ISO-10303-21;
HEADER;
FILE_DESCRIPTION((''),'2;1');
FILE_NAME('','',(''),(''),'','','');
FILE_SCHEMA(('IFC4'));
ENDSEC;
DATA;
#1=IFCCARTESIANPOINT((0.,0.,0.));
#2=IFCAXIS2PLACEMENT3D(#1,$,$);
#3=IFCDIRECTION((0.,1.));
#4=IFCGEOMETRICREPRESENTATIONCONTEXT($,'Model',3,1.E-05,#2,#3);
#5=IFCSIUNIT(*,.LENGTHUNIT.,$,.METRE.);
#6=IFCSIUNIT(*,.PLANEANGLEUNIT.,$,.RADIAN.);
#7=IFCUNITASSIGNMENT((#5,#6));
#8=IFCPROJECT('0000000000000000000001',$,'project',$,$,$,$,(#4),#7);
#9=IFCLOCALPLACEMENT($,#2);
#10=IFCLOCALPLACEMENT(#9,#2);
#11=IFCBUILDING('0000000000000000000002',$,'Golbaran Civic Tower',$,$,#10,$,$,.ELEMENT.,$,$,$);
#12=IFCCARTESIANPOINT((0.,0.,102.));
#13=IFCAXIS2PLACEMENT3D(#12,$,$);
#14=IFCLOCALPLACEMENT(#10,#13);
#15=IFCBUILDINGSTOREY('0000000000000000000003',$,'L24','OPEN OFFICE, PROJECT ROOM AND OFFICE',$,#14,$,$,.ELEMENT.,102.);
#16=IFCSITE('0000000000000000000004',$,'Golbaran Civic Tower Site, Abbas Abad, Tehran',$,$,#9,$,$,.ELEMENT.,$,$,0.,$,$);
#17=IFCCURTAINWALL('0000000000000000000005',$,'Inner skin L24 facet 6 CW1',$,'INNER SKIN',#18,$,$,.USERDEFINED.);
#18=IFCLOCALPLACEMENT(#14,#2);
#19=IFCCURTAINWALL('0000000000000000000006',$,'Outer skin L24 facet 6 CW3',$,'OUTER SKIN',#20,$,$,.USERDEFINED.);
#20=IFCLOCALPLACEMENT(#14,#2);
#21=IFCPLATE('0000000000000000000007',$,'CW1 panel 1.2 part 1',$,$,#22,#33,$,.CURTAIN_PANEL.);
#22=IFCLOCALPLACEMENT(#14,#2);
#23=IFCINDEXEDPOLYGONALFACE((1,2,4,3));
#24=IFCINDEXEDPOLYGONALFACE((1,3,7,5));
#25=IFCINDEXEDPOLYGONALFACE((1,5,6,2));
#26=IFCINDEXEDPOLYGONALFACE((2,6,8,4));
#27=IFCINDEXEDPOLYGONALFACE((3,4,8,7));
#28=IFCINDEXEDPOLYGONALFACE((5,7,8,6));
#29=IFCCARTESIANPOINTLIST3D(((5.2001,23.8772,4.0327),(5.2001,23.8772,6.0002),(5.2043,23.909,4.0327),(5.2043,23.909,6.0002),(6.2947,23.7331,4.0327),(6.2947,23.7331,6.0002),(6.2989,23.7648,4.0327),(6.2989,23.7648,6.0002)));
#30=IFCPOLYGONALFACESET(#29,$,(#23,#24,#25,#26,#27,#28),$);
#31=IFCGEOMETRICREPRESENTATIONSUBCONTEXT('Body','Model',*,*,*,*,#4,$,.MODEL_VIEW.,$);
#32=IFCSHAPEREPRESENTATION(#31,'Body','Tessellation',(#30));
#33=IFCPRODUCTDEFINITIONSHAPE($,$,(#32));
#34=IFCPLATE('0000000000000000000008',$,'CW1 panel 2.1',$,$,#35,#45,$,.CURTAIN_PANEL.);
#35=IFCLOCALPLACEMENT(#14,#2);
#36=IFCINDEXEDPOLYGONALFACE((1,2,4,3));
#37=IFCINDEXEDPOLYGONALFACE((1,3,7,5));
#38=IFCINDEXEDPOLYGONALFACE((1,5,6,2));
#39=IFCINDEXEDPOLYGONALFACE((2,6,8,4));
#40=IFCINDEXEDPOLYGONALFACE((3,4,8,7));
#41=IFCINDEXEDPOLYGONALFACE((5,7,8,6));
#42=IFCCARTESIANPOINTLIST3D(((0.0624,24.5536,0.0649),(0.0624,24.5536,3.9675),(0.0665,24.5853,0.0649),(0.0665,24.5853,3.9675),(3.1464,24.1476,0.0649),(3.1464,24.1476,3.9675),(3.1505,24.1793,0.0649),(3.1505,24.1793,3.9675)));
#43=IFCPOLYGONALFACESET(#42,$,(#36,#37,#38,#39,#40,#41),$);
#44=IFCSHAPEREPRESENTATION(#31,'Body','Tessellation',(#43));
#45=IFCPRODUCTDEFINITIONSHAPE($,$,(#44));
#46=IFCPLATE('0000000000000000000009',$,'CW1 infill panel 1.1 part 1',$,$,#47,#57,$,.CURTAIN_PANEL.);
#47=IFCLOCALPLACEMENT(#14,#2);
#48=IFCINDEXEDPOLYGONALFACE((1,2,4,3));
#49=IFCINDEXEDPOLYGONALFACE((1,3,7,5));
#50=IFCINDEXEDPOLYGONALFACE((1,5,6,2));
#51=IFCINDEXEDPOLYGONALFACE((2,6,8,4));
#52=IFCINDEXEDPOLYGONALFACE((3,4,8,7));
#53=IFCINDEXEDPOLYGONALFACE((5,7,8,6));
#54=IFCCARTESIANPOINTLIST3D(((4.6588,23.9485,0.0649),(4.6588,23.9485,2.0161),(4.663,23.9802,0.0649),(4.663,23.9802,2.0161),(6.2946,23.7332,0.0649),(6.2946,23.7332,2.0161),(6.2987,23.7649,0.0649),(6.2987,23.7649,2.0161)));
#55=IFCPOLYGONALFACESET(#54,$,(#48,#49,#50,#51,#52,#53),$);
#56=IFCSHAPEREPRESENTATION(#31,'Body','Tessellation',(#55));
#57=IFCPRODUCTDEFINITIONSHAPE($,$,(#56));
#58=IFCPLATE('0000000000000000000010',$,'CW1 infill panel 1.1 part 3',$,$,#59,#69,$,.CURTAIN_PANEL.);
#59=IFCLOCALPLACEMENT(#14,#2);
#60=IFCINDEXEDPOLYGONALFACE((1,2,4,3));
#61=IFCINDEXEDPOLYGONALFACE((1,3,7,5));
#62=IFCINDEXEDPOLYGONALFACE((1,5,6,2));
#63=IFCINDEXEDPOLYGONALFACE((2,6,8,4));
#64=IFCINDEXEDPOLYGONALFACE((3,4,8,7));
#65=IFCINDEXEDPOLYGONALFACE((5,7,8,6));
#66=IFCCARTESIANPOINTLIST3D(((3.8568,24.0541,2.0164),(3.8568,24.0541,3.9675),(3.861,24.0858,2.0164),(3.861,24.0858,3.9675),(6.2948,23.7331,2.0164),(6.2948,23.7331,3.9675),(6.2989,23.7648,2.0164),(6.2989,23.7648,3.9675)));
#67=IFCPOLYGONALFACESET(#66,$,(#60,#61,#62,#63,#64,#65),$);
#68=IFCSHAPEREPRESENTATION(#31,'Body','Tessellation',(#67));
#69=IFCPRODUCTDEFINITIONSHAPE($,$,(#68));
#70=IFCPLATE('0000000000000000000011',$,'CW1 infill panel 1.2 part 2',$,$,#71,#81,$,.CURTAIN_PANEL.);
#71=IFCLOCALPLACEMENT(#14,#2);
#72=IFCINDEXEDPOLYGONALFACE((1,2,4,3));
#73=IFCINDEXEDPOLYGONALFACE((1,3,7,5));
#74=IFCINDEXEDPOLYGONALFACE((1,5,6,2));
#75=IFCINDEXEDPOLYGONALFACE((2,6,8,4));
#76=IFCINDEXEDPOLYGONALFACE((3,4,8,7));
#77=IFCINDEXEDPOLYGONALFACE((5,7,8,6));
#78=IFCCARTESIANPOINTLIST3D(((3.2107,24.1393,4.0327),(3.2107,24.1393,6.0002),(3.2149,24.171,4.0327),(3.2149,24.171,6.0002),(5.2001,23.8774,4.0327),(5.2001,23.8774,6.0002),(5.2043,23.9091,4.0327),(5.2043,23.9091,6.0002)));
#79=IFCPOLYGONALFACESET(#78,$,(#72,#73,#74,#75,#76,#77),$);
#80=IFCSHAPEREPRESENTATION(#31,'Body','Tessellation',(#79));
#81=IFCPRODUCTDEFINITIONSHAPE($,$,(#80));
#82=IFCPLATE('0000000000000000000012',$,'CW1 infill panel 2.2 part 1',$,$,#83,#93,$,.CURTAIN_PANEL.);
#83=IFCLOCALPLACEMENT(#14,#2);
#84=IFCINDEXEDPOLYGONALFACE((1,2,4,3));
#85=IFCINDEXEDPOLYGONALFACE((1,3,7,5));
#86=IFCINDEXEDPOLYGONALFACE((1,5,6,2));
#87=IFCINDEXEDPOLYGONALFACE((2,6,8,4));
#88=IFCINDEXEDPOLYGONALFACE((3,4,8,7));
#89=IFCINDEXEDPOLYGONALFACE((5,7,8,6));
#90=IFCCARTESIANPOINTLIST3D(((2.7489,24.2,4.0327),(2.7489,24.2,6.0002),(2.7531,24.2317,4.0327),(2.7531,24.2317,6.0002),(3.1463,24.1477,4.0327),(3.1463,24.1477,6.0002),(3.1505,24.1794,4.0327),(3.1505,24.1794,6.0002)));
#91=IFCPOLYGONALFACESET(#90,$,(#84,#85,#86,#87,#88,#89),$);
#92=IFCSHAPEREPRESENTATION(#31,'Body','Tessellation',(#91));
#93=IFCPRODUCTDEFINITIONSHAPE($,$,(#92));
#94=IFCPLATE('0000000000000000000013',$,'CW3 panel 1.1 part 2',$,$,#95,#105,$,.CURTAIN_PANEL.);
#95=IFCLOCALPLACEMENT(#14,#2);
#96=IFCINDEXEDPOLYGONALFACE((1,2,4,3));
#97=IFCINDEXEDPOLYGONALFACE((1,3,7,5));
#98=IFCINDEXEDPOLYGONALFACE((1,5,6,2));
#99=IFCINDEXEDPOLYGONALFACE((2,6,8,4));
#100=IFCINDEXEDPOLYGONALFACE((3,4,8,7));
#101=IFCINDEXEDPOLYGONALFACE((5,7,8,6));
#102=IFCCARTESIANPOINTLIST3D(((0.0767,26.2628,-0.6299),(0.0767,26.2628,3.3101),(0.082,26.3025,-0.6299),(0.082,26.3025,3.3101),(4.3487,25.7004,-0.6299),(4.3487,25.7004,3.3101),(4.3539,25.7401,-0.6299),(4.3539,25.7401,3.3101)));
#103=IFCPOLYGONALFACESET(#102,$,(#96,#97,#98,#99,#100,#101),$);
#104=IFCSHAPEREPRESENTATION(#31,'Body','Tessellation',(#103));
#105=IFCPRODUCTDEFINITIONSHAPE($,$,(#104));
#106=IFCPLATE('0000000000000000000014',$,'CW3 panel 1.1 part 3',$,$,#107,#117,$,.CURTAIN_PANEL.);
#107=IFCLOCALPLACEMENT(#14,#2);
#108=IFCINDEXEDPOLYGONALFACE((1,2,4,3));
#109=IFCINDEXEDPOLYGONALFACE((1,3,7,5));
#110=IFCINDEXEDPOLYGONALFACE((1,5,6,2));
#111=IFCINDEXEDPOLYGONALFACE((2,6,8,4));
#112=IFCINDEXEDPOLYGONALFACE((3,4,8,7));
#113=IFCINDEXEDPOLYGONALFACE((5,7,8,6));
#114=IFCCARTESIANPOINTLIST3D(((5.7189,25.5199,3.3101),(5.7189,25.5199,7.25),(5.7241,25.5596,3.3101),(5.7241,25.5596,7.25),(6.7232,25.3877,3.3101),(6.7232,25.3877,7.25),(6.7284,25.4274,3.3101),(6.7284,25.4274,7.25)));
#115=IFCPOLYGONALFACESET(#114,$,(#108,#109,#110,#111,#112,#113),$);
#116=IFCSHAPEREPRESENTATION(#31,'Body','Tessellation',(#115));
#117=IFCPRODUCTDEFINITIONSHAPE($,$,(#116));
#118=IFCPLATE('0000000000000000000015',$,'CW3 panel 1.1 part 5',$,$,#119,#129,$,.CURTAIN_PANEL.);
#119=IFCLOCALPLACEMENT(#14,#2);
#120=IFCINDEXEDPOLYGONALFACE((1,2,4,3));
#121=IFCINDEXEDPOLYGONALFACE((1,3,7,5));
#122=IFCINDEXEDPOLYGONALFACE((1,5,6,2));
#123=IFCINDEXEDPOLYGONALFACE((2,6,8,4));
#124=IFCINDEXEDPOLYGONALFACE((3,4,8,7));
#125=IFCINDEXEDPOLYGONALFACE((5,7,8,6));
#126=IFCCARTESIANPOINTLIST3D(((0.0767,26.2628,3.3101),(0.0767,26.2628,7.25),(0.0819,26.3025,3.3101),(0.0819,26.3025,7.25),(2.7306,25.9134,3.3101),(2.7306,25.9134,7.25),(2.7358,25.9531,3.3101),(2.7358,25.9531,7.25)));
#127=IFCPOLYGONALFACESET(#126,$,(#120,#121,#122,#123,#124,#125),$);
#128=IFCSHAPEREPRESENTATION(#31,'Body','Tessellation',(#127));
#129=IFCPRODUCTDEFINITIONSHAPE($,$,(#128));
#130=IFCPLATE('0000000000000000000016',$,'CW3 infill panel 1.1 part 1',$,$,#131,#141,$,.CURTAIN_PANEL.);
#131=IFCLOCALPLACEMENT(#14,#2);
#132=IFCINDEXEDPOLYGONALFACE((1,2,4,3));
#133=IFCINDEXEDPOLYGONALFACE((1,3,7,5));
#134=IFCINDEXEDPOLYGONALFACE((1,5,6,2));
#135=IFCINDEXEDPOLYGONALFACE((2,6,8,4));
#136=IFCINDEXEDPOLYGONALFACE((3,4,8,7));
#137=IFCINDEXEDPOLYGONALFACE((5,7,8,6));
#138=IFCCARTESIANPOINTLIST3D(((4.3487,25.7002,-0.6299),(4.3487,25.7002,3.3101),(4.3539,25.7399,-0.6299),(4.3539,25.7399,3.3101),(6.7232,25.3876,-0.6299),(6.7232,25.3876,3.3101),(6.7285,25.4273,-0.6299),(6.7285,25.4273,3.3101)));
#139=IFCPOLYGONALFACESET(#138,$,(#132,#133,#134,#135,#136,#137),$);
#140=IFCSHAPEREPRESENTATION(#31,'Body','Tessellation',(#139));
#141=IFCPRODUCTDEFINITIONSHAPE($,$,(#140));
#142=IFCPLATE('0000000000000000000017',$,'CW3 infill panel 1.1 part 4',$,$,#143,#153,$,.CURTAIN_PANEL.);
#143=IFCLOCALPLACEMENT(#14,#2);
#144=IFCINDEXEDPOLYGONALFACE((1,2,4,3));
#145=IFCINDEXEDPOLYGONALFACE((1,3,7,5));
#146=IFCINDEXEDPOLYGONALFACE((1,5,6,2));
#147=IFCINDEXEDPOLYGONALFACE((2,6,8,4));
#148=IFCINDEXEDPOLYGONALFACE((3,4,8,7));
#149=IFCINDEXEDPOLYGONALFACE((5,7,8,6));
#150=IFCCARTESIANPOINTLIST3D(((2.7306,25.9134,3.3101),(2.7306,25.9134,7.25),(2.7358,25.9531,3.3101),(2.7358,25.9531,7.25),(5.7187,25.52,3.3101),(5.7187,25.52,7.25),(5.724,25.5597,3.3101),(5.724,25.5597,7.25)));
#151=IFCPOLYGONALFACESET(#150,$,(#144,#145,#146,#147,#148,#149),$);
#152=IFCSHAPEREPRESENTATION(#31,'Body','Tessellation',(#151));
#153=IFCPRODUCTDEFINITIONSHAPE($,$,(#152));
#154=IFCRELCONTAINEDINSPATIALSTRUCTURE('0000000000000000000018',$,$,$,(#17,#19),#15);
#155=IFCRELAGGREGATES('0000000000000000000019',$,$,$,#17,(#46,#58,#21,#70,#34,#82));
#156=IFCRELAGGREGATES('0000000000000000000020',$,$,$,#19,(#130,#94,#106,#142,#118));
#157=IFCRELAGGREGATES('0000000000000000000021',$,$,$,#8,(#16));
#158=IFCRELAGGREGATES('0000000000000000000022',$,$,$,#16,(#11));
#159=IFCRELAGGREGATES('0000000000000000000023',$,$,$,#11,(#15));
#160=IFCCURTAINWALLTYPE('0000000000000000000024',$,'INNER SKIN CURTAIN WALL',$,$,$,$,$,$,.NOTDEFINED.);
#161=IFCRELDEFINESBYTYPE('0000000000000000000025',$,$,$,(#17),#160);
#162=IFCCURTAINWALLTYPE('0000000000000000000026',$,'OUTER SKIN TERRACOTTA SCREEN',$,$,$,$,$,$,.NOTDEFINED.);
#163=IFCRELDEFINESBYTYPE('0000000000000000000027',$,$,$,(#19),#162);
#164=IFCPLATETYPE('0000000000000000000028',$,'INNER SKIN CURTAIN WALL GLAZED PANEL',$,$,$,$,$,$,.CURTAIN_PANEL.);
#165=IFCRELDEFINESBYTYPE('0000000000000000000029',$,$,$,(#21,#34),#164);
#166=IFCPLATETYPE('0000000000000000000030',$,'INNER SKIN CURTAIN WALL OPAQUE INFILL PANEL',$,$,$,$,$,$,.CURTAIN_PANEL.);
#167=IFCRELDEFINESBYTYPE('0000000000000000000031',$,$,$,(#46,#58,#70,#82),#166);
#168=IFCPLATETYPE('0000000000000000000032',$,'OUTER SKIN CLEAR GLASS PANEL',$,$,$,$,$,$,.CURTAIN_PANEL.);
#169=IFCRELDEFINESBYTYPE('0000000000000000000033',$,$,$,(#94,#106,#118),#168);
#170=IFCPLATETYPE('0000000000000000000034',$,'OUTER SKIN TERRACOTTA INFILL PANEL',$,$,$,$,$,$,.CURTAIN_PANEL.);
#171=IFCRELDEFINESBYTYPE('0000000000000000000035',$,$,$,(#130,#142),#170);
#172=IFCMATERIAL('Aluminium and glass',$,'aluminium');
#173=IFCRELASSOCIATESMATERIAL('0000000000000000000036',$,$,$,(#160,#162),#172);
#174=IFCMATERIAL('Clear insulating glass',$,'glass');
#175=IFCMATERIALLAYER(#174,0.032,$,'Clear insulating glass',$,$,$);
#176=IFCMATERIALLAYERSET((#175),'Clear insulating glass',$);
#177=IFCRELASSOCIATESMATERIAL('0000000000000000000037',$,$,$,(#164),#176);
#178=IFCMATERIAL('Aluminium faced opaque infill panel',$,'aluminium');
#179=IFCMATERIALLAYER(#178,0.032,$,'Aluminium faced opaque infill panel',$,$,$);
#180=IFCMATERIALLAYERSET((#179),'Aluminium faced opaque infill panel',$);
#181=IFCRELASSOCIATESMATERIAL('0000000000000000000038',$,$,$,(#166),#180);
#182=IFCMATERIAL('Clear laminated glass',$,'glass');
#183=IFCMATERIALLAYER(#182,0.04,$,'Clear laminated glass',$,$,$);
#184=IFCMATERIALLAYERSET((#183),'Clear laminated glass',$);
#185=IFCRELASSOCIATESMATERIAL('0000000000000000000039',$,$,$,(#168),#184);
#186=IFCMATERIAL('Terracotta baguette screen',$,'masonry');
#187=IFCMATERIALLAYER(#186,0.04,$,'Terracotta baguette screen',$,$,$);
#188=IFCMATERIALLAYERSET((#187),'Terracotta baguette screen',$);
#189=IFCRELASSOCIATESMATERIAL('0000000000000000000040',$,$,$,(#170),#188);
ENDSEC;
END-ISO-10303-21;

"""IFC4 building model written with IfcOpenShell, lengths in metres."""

from ifc_helpers import new_model, si_unit, direction, frame, origin, origin_2d, place, context, subcontext, project, spatial, rectangle, extrude, material, layer, layer_set, type_object, element, aggregate, save


model = new_model("IFC4")

# Units and contexts
model_context = context("Model", 3, precision=1e-05, world=origin(), true_north=direction((0.0, 1.0)))
body_context = subcontext(model_context, "Body", "Model", "MODEL_VIEW")
ifc_project = project(units=[si_unit("LENGTHUNIT", "METRE"), si_unit("PLANEANGLEUNIT", "RADIAN")], contexts=[model_context])

# Site, building, storey
site_placement = place(None, origin())
site = spatial("IfcSite", under=ifc_project, at=site_placement, Name="Golbaran Civic Tower Site, Abbas Abad, Tehran", CompositionType="ELEMENT", RefElevation=0.0)
building_placement = place(site_placement, origin())
building = spatial("IfcBuilding", under=site, at=building_placement, Name="Golbaran Civic Tower", CompositionType="ELEMENT")
storey_placement = place(building_placement, frame((0.0, 0.0, 102.0)))
storey = spatial("IfcBuildingStorey", under=building, at=storey_placement, Name="L24", Description="OPEN OFFICE, PROJECT ROOM AND OFFICE", CompositionType="ELEMENT", Elevation=102.0)

# Curtain wall
ifc_material_1 = material(Name="Aluminium and glass", Category="aluminium")
curtain_wall_type_1 = type_object("IfcCurtainWallType", Name="INNER SKIN CURTAIN WALL", PredefinedType="NOTDEFINED", material=ifc_material_1)
curtain_wall_1_placement = place(storey_placement, origin())
curtain_wall_1 = element("IfcCurtainWall", 1, at=curtain_wall_1_placement, inside=storey, type_object=curtain_wall_type_1, Name="Inner skin L24 facet 6 CW1", ObjectType="INNER SKIN", PredefinedType="USERDEFINED")

# Curtain wall
curtain_wall_type_2 = type_object("IfcCurtainWallType", Name="OUTER SKIN TERRACOTTA SCREEN", PredefinedType="NOTDEFINED", material=ifc_material_1)
curtain_wall_2_placement = place(storey_placement, origin())
curtain_wall_2 = element("IfcCurtainWall", 2, at=curtain_wall_2_placement, inside=storey, type_object=curtain_wall_type_2, Name="Outer skin L24 facet 6 CW3", ObjectType="OUTER SKIN", PredefinedType="USERDEFINED")

# Plates
ifc_material_2 = material(Name="Clear insulating glass", Category="glass")
ifc_layer_1 = layer(ifc_material_2, 0.032, Name="Clear insulating glass")
ifc_layer_set_1 = layer_set([ifc_layer_1], Name="Clear insulating glass")
plate_type_1 = type_object("IfcPlateType", Name="INNER SKIN CURTAIN WALL GLAZED PANEL", PredefinedType="CURTAIN_PANEL", material=ifc_layer_set_1)
plate_1_placement = place(storey_placement, frame((5.7495, 23.821, 4.0327), z_axis=(0.0, 0.0, 1.0), x_axis=(-0.991445, 0.130526, 0.0)))
plate_1 = element("IfcPlate", 3, at=plate_1_placement, type_object=plate_type_1, Name="CW1 panel 1.2 part 1", PredefinedType="CURTAIN_PANEL", context=body_context, shape_type="SweptSolid", body=[
    extrude(rectangle(XDim=1.104, YDim=0.032, at=origin_2d()), origin(), (0.0, 0.0, 1.0), 1.9675),
])
plate_2_placement = place(storey_placement, frame((1.6064, 24.3665, 0.0649), z_axis=(0.0, 0.0, 1.0), x_axis=(-0.991445, 0.130526, 0.0)))
plate_2 = element("IfcPlate", 4, at=plate_2_placement, type_object=plate_type_1, Name="CW1 panel 2.1", PredefinedType="CURTAIN_PANEL", context=body_context, shape_type="SweptSolid", body=[
    extrude(rectangle(XDim=3.1106, YDim=0.032, at=origin_2d()), origin(), (0.0, 0.0, 1.0), 3.9026),
])
ifc_material_3 = material(Name="Aluminium faced opaque infill panel", Category="aluminium")
ifc_layer_2 = layer(ifc_material_3, 0.032, Name="Aluminium faced opaque infill panel")
ifc_layer_set_2 = layer_set([ifc_layer_2], Name="Aluminium faced opaque infill panel")
plate_type_2 = type_object("IfcPlateType", Name="INNER SKIN CURTAIN WALL OPAQUE INFILL PANEL", PredefinedType="CURTAIN_PANEL", material=ifc_layer_set_2)
plate_3_placement = place(storey_placement, frame((5.4788, 23.8567, 0.0649), z_axis=(0.0, 0.0, 1.0), x_axis=(-0.991445, 0.130526, 0.0)))
plate_3 = element("IfcPlate", 5, at=plate_3_placement, type_object=plate_type_2, Name="CW1 infill panel 1.1 part 1", PredefinedType="CURTAIN_PANEL", context=body_context, shape_type="SweptSolid", body=[
    extrude(rectangle(XDim=1.6499, YDim=0.032, at=origin_2d()), origin(), (0.0, 0.0, 1.0), 1.9512),
])
plate_4_placement = place(storey_placement, frame((5.0779, 23.9094, 2.0164), z_axis=(0.0, 0.0, 1.0), x_axis=(-0.991445, 0.130526, 0.0)))
plate_4 = element("IfcPlate", 6, at=plate_4_placement, type_object=plate_type_2, Name="CW1 infill panel 1.1 part 3", PredefinedType="CURTAIN_PANEL", context=body_context, shape_type="SweptSolid", body=[
    extrude(rectangle(XDim=2.459, YDim=0.032, at=origin_2d()), origin(), (0.0, 0.0, 1.0), 1.9512),
])
plate_5_placement = place(storey_placement, frame((4.2075, 24.0242, 4.0327), z_axis=(0.0, 0.0, 1.0), x_axis=(-0.991445, 0.130526, 0.0)))
plate_5 = element("IfcPlate", 7, at=plate_5_placement, type_object=plate_type_2, Name="CW1 infill panel 1.2 part 2", PredefinedType="CURTAIN_PANEL", context=body_context, shape_type="SweptSolid", body=[
    extrude(rectangle(XDim=2.0066, YDim=0.032, at=origin_2d()), origin(), (0.0, 0.0, 1.0), 1.9675),
])
plate_6_placement = place(storey_placement, frame((2.9497, 24.1897, 4.0327), z_axis=(0.0, 0.0, 1.0), x_axis=(-0.991445, 0.130526, 0.0)))
plate_6 = element("IfcPlate", 8, at=plate_6_placement, type_object=plate_type_2, Name="CW1 infill panel 2.2 part 1", PredefinedType="CURTAIN_PANEL", context=body_context, shape_type="SweptSolid", body=[
    extrude(rectangle(XDim=0.4009, YDim=0.032, at=origin_2d()), origin(), (0.0, 0.0, 1.0), 1.9675),
])
aggregate(curtain_wall_1, [plate_3, plate_4, plate_1, plate_5, plate_2, plate_6])
ifc_material_4 = material(Name="Clear laminated glass", Category="glass")
ifc_layer_3 = layer(ifc_material_4, 0.04, Name="Clear laminated glass")
ifc_layer_set_3 = layer_set([ifc_layer_3], Name="Clear laminated glass")
plate_type_3 = type_object("IfcPlateType", Name="OUTER SKIN CLEAR GLASS PANEL", PredefinedType="CURTAIN_PANEL", material=ifc_layer_set_3)
plate_7_placement = place(storey_placement, frame((2.2153, 26.0015, -0.6299), z_axis=(0.0, 0.0, 1.0), x_axis=(-0.991445, 0.130526, 0.0)))
plate_7 = element("IfcPlate", 9, at=plate_7_placement, type_object=plate_type_3, Name="CW3 panel 1.1 part 2", PredefinedType="CURTAIN_PANEL", context=body_context, shape_type="SweptSolid", body=[
    extrude(rectangle(XDim=4.3088, YDim=0.04, at=origin_2d()), origin(), (0.0, 0.0, 1.0), 3.9399),
])
plate_8_placement = place(storey_placement, frame((6.2236, 25.4736, 3.3101), z_axis=(0.0, 0.0, 1.0), x_axis=(-0.991445, 0.130526, 0.0)))
plate_8 = element("IfcPlate", 10, at=plate_8_placement, type_object=plate_type_3, Name="CW3 panel 1.1 part 3", PredefinedType="CURTAIN_PANEL", context=body_context, shape_type="SweptSolid", body=[
    extrude(rectangle(XDim=1.0129, YDim=0.04, at=origin_2d()), origin(), (0.0, 0.0, 1.0), 3.9399),
])
plate_9_placement = place(storey_placement, frame((1.4062, 26.1079, 3.3101), z_axis=(0.0, 0.0, 1.0), x_axis=(-0.991445, 0.130526, 0.0)))
plate_9 = element("IfcPlate", 11, at=plate_9_placement, type_object=plate_type_3, Name="CW3 panel 1.1 part 5", PredefinedType="CURTAIN_PANEL", context=body_context, shape_type="SweptSolid", body=[
    extrude(rectangle(XDim=2.6768, YDim=0.04, at=origin_2d()), origin(), (0.0, 0.0, 1.0), 3.9399),
])
ifc_material_5 = material(Name="Terracotta baguette screen", Category="masonry")
ifc_layer_4 = layer(ifc_material_5, 0.04, Name="Terracotta baguette screen")
ifc_layer_set_4 = layer_set([ifc_layer_4], Name="Terracotta baguette screen")
plate_type_4 = type_object("IfcPlateType", Name="OUTER SKIN TERRACOTTA INFILL PANEL", PredefinedType="CURTAIN_PANEL", material=ifc_layer_set_4)
plate_10_placement = place(storey_placement, frame((5.5386, 25.5637, -0.6299), z_axis=(0.0, 0.0, 1.0), x_axis=(-0.991445, 0.130526, 0.0)))
plate_10 = element("IfcPlate", 12, at=plate_10_placement, type_object=plate_type_4, Name="CW3 infill panel 1.1 part 1", PredefinedType="CURTAIN_PANEL", context=body_context, shape_type="SweptSolid", body=[
    extrude(rectangle(XDim=2.395, YDim=0.04, at=origin_2d()), origin(), (0.0, 0.0, 1.0), 3.9399),
])
plate_11_placement = place(storey_placement, frame((4.2273, 25.7366, 3.3101), z_axis=(0.0, 0.0, 1.0), x_axis=(-0.991445, 0.130526, 0.0)))
plate_11 = element("IfcPlate", 13, at=plate_11_placement, type_object=plate_type_4, Name="CW3 infill panel 1.1 part 4", PredefinedType="CURTAIN_PANEL", context=body_context, shape_type="SweptSolid", body=[
    extrude(rectangle(XDim=3.0139, YDim=0.04, at=origin_2d()), origin(), (0.0, 0.0, 1.0), 3.9399),
])
aggregate(curtain_wall_2, [plate_10, plate_7, plate_8, plate_11, plate_9])

save(model, "model.ifc")
